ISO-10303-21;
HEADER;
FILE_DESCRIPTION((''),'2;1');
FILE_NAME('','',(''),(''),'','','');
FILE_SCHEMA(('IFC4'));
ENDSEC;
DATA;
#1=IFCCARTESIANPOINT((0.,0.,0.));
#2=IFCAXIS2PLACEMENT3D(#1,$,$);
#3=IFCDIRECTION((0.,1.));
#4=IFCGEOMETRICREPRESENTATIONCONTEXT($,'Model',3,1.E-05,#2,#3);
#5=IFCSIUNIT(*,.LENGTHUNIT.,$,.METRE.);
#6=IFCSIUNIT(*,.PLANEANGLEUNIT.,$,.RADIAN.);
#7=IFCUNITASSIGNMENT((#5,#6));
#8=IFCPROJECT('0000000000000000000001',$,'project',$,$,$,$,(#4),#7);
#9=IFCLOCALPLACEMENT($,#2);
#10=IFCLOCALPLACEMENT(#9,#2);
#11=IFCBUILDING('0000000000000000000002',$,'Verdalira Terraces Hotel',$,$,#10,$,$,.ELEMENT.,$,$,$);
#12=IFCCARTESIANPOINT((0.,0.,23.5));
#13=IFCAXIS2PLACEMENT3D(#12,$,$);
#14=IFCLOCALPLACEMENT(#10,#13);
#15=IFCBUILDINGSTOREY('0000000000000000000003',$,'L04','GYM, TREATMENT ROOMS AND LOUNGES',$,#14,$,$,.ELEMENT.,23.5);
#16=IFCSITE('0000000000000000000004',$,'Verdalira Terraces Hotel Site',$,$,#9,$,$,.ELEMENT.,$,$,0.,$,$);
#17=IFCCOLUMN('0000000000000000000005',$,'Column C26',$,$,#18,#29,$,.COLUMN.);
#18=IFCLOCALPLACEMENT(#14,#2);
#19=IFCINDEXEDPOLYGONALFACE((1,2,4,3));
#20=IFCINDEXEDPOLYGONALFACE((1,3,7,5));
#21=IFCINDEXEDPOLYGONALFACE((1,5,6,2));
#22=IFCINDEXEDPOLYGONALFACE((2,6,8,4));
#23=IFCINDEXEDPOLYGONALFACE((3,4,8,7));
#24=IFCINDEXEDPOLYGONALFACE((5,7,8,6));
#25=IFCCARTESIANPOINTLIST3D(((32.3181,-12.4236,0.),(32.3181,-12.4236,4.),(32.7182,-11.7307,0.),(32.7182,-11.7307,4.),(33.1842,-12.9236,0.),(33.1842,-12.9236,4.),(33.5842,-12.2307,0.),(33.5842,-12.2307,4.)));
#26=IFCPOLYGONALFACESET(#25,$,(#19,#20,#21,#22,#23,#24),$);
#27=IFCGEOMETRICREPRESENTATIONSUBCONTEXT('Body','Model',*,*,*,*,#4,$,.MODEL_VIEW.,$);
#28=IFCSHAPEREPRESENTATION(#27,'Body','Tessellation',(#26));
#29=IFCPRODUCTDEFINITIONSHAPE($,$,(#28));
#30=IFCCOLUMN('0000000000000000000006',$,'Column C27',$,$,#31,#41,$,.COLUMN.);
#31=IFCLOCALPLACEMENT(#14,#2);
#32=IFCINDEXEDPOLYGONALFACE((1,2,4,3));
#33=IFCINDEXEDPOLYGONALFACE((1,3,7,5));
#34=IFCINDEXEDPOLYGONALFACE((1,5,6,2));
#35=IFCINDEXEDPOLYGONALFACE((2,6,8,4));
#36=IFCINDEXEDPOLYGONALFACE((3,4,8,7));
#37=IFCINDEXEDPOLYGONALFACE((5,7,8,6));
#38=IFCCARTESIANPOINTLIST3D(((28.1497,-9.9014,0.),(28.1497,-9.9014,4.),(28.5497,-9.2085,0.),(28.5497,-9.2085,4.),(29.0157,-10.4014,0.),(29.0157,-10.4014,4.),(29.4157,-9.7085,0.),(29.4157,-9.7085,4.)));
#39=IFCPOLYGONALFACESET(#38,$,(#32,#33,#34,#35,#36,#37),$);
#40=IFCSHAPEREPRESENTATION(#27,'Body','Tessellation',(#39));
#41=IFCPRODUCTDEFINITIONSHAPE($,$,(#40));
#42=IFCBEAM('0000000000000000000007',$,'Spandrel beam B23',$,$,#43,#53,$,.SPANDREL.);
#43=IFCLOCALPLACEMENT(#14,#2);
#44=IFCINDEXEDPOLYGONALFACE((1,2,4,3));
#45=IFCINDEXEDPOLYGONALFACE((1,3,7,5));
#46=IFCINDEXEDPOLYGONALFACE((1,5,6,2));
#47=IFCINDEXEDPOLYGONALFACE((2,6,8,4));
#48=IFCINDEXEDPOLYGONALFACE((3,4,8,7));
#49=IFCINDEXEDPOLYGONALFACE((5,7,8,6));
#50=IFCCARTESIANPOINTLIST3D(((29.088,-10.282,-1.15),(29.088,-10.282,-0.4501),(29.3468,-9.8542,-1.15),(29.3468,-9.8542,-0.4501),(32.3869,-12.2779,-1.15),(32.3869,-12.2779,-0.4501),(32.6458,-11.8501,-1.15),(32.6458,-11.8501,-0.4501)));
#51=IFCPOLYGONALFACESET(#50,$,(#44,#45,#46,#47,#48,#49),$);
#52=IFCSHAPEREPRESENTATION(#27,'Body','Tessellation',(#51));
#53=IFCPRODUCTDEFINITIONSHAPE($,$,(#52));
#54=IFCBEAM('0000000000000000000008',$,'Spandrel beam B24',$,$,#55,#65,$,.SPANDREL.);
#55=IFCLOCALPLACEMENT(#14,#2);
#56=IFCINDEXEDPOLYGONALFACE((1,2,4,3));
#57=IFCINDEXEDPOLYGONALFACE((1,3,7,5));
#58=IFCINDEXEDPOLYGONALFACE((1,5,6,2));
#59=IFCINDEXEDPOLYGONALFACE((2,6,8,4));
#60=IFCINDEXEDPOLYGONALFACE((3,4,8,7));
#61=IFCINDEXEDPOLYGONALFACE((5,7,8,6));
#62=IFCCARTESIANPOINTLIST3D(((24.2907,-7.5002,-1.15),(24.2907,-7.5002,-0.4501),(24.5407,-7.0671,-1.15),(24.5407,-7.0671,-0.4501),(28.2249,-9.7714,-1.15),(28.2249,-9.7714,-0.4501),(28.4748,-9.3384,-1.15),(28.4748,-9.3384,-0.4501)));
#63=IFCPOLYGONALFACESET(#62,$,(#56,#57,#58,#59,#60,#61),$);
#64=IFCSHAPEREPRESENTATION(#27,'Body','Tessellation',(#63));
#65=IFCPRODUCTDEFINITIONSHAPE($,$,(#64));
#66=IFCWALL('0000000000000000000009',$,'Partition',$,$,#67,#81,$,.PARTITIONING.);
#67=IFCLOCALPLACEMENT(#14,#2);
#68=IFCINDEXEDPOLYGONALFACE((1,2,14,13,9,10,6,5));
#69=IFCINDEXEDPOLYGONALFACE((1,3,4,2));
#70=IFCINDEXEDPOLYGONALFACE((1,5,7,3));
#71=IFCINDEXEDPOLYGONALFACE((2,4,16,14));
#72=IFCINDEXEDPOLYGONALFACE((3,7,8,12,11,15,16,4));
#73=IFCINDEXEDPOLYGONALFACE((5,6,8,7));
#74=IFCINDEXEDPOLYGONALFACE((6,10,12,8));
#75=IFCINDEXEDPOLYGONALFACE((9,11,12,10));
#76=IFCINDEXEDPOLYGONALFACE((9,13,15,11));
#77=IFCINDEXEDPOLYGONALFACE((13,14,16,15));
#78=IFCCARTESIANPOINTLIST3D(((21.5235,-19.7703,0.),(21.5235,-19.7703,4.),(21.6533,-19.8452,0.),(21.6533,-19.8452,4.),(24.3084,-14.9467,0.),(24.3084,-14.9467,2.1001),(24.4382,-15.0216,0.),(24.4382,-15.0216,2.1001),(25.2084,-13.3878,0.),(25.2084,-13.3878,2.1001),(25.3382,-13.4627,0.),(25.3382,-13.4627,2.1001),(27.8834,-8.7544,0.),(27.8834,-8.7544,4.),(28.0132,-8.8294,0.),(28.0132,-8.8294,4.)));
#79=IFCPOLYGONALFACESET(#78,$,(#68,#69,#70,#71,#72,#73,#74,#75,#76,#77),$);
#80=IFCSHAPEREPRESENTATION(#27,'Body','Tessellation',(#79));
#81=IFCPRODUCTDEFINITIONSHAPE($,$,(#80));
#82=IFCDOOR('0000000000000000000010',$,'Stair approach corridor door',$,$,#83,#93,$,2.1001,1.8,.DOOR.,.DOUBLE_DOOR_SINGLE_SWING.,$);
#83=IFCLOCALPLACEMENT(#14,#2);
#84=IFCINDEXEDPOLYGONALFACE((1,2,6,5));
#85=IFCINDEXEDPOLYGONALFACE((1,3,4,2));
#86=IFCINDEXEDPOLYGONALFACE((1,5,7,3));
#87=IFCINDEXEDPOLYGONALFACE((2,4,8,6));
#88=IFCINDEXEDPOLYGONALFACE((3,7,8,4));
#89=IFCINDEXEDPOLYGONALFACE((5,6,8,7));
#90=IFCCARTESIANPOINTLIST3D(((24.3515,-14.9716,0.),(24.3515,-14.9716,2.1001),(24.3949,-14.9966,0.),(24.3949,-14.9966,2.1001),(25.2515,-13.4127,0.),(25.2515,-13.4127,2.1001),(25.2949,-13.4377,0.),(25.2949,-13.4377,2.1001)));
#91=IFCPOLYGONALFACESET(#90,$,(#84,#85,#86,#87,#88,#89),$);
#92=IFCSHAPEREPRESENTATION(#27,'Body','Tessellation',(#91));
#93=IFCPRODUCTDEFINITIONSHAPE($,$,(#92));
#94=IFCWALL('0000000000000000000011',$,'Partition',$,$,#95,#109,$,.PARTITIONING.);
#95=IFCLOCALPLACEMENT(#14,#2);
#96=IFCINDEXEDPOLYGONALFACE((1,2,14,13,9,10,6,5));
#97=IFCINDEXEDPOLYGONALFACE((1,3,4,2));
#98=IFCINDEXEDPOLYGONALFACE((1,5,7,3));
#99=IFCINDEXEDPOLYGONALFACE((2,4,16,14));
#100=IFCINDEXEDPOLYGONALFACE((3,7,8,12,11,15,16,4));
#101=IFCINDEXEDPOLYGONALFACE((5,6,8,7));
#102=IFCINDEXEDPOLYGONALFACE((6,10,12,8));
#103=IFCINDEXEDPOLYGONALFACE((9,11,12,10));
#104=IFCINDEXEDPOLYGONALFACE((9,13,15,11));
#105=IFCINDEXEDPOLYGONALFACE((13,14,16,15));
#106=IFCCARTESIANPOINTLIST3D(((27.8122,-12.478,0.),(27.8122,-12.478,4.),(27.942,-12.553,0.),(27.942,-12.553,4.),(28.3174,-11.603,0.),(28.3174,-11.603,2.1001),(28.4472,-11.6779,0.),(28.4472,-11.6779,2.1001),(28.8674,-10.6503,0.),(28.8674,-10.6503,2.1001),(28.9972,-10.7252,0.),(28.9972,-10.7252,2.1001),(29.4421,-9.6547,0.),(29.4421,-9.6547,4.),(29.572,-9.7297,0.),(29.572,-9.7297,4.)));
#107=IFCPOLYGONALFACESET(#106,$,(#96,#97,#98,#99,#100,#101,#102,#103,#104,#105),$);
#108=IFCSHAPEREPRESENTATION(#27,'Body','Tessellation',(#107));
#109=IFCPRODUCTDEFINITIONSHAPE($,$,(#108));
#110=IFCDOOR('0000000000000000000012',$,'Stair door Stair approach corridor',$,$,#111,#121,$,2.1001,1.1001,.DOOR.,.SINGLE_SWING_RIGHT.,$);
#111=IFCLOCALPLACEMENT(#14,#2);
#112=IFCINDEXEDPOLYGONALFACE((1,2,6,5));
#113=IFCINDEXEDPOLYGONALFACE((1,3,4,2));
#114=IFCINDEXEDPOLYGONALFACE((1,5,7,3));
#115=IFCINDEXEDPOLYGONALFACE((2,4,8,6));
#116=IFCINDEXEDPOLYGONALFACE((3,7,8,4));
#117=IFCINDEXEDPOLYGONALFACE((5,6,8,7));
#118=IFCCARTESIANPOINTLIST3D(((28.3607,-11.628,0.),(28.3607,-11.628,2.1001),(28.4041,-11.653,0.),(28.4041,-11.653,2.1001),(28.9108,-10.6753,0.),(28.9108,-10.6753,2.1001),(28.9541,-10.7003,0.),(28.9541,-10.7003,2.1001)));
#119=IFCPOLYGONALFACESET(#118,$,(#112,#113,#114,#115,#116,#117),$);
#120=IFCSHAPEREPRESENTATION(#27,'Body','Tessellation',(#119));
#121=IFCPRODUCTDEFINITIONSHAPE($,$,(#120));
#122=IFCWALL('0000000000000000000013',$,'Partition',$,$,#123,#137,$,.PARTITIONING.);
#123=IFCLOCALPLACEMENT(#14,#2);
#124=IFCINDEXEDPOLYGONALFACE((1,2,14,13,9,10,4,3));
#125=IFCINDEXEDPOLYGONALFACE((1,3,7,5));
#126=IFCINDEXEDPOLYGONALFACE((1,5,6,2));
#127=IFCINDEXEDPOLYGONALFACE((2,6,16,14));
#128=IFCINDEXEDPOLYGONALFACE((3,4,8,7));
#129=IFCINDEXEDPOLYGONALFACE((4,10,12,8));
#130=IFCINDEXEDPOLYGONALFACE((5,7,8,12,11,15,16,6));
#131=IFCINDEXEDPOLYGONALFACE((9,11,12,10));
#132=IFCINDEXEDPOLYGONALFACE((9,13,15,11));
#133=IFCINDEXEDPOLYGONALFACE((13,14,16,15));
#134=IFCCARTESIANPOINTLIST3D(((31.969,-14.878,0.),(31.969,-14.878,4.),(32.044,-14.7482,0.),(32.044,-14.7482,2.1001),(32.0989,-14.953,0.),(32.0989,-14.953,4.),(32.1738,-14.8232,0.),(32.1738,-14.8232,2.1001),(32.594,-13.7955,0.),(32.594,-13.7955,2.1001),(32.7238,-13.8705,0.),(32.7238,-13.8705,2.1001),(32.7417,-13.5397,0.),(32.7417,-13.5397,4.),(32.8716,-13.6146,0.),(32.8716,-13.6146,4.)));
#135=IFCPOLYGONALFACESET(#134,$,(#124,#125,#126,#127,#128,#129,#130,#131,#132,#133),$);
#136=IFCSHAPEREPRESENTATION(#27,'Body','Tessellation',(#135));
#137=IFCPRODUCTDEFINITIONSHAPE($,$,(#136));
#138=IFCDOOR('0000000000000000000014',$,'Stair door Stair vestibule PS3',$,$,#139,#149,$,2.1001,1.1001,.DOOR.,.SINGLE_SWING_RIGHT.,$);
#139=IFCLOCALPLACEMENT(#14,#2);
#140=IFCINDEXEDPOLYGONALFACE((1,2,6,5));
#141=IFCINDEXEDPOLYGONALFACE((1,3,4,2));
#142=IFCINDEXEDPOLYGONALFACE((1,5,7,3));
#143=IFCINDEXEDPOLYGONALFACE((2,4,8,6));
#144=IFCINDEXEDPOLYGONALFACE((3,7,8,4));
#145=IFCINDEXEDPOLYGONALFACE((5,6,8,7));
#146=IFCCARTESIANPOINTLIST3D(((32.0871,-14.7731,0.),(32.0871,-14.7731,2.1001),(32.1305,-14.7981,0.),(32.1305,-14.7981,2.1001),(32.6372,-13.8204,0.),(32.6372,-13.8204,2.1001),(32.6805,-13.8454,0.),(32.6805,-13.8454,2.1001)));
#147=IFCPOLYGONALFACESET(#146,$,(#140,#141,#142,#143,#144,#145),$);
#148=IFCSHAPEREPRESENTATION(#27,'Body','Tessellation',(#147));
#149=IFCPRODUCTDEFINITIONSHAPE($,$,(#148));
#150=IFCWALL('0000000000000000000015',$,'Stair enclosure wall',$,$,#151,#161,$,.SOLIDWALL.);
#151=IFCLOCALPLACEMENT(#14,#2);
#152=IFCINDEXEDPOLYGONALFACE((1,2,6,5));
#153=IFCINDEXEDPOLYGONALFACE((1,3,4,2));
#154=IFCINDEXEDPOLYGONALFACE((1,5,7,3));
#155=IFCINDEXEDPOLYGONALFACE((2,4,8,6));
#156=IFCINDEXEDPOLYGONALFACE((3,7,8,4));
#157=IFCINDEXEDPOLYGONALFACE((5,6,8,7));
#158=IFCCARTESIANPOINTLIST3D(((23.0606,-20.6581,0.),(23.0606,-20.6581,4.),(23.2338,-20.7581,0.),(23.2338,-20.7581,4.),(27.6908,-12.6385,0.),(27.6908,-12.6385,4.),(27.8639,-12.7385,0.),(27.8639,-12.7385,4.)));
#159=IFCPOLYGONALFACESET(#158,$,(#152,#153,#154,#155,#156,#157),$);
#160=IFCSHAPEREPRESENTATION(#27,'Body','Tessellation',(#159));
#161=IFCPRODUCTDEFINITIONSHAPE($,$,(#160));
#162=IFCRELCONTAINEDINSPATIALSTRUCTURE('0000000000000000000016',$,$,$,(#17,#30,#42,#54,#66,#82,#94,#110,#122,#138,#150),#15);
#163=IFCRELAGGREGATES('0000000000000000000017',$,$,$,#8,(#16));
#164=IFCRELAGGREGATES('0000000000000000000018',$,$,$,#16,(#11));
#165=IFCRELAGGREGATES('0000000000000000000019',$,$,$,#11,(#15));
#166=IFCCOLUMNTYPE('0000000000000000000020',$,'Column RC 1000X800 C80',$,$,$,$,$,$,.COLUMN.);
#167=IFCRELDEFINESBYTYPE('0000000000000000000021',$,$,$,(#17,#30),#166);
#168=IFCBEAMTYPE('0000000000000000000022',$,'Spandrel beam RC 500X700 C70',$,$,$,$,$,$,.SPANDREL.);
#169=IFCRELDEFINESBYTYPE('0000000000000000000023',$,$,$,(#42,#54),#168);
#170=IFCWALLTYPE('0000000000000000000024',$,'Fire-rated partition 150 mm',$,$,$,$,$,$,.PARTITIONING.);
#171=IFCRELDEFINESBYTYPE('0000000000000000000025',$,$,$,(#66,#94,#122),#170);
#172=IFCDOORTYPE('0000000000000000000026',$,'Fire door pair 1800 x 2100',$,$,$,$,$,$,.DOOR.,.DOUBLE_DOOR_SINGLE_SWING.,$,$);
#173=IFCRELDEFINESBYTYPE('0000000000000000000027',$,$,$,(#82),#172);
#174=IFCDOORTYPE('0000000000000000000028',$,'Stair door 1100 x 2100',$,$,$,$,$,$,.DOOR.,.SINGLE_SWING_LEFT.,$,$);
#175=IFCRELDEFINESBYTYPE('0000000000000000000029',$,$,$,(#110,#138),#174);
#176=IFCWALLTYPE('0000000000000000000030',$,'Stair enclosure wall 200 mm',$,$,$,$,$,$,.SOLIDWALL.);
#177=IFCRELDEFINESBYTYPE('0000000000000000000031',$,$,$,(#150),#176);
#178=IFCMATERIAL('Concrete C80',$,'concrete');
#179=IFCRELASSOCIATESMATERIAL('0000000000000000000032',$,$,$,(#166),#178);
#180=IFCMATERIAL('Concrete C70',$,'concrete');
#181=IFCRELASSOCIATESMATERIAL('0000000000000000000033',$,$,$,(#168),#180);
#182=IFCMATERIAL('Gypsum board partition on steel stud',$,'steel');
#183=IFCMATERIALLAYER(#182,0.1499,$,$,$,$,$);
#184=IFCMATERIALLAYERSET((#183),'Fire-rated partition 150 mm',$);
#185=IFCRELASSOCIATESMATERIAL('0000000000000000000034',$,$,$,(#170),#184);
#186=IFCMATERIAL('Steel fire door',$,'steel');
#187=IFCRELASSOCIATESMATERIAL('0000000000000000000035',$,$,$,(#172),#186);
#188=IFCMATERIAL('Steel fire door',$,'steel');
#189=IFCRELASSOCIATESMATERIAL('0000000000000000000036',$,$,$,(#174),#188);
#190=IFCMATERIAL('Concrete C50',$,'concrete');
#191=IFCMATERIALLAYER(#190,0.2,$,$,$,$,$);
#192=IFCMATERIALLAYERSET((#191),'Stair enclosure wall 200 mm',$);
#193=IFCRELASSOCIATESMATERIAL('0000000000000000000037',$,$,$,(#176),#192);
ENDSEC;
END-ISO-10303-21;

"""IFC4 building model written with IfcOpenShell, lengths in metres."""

from ifc_helpers import new_model, si_unit, direction, frame, frame_2d, origin, origin_2d, place, context, subcontext, project, spatial, rectangle, extrude, material, layer, layer_set, material_profile, profile_set, type_object, element, fill, save


model = new_model("IFC4")

# Units and contexts
model_context = context("Model", 3, precision=1e-05, world=origin(), true_north=direction((0.0, 1.0)))
body_context = subcontext(model_context, "Body", "Model", "MODEL_VIEW")
ifc_project = project(units=[si_unit("LENGTHUNIT", "METRE"), si_unit("PLANEANGLEUNIT", "RADIAN")], contexts=[model_context])

# Site, building, storey
site_placement = place(None, origin())
site = spatial("IfcSite", under=ifc_project, at=site_placement, Name="Verdalira Terraces Hotel Site", CompositionType="ELEMENT", RefElevation=0.0)
building_placement = place(site_placement, origin())
building = spatial("IfcBuilding", under=site, at=building_placement, Name="Verdalira Terraces Hotel", CompositionType="ELEMENT")
storey_placement = place(building_placement, frame((0.0, 0.0, 23.5)))
storey = spatial("IfcBuildingStorey", under=building, at=storey_placement, Name="L04", Description="GYM, TREATMENT ROOMS AND LOUNGES", CompositionType="ELEMENT", Elevation=23.5)

# Columns
ifc_material_1 = material(Name="Concrete C80", Category="concrete")
ifc_material_profile_1 = material_profile(ifc_material_1, rectangle(XDim=1.0, YDim=0.8, at=origin_2d()), Name="RC 1000X800")
ifc_profile_set_1 = profile_set([ifc_material_profile_1], Name="Concrete C80")
column_type = type_object("IfcColumnType", Name="Column RC 1000X800 C80", PredefinedType="COLUMN", material=ifc_profile_set_1)
for number, where, z_axis, x_axis, name in (
    (1, (32.9512, -12.3271, 0.0), (0.0, 0.0, 1.0), (-0.866025, 0.5, 0.0), "Column C26"),
    (2, (28.7827, -9.8049, 0.0), (0.0, 0.0, 1.0), (-0.866025, 0.5, 0.0), "Column C27"),
):
    element("IfcColumn", number, at=place(storey_placement, frame(where, z_axis=z_axis, x_axis=x_axis)), inside=storey, type_object=column_type, Name=name, PredefinedType="COLUMN", context=body_context, shape_type="SweptSolid", body=[
        extrude(rectangle(XDim=1.0, YDim=0.8, at=origin_2d()), origin(), (0.0, 0.0, 1.0), 4.0),
    ])

# Beams
ifc_material_2 = material(Name="Concrete C70", Category="concrete")
ifc_material_profile_2 = material_profile(ifc_material_2, rectangle(XDim=0.5, YDim=0.7, at=origin_2d()), Name="RC 500X700")
ifc_profile_set_2 = profile_set([ifc_material_profile_2], Name="Concrete C70")
beam_type = type_object("IfcBeamType", Name="Spandrel beam RC 500X700 C70", PredefinedType="SPANDREL", material=ifc_profile_set_2)
beam_1_placement = place(storey_placement, frame((32.5164, -12.064, -0.8), z_axis=(-0.855593, 0.517649, 0.0), x_axis=(-0.517649, -0.855593, 0.0)))
element("IfcBeam", 3, at=beam_1_placement, inside=storey, type_object=beam_type, Name="Spandrel beam B23", PredefinedType="SPANDREL", context=body_context, shape_type="SweptSolid", body=[
    extrude(rectangle(XDim=0.5, YDim=0.7, at=origin_2d()), origin(), (0.0, 0.0, 1.0), 3.8557),
])
beam_2_placement = place(storey_placement, frame((28.3499, -9.5549, -0.8), z_axis=(-0.866035, 0.499983, 0.0), x_axis=(-0.499983, -0.866035, 0.0)))
element("IfcBeam", 4, at=beam_2_placement, inside=storey, type_object=beam_type, Name="Spandrel beam B24", PredefinedType="SPANDREL", context=body_context, shape_type="SweptSolid", body=[
    extrude(rectangle(XDim=0.5, YDim=0.7, at=origin_2d()), origin(), (0.0, 0.0, 1.0), 4.5427),
])

# Walls, openings, doors
ifc_material_3 = material(Name="Gypsum board partition on steel stud", Category="steel")
ifc_layer_1 = layer(ifc_material_3, 0.1499)
ifc_layer_set_1 = layer_set([ifc_layer_1], Name="Fire-rated partition 150 mm")
wall_type_1 = type_object("IfcWallType", Name="Fire-rated partition 150 mm", PredefinedType="PARTITIONING", material=ifc_layer_set_1)
wall_1_placement = place(storey_placement, frame((27.9482, -8.792, 0.0), z_axis=(0.0, 0.0, 1.0), x_axis=(-0.499991, -0.866031, 0.0)))
wall_1 = element("IfcWall", 5, at=wall_1_placement, inside=storey, type_object=wall_type_1, Name="Partition", PredefinedType="PARTITIONING", context=body_context, shape_type="SweptSolid", body=[
    extrude(rectangle(XDim=12.72, YDim=0.1499, at=frame_2d((6.3599, 0.0))), origin(), (0.0, 0.0, 1.0), 4.0),
])
opening_1_placement = place(wall_1_placement, frame((5.3501, 0.0, 0.0)))
opening_1 = element("IfcOpeningElement", 6, at=opening_1_placement, cuts=wall_1, PredefinedType="OPENING", context=body_context, shape_type="SweptSolid", body=[
    extrude(rectangle(XDim=1.8, YDim=2.1001, at=frame_2d((0.8999, 1.05))), frame((0.0, 0.085, 0.0), z_axis=(0.0, -1.0, 0.0), x_axis=(1.0, 0.0, 0.0)), (0.0, 0.0, 1.0), 0.1699),
])
ifc_material_4 = material(Name="Steel fire door", Category="steel")
door_type_1 = type_object("IfcDoorType", Name="Fire door pair 1800 x 2100", OperationType="DOUBLE_DOOR_SINGLE_SWING", PredefinedType="DOOR", material=ifc_material_4)
door_1_placement = place(opening_1_placement, origin())
door_1 = element("IfcDoor", 7, at=door_1_placement, inside=storey, type_object=door_type_1, Name="Stair approach corridor door", OperationType="DOUBLE_DOOR_SINGLE_SWING", OverallHeight=2.1001, OverallWidth=1.8, PredefinedType="DOOR", context=body_context, shape_type="SweptSolid", body=[
    extrude(rectangle(XDim=1.8, YDim=2.1001, at=frame_2d((0.8999, 1.05))), frame((0.0, 0.0249, 0.0), z_axis=(0.0, -1.0, 0.0), x_axis=(1.0, 0.0, 0.0)), (0.0, 0.0, 1.0), 0.05),
])
fill(opening_1, door_1)
wall_2_placement = place(storey_placement, frame((27.8772, -12.5154, 0.0), z_axis=(0.0, 0.0, 1.0), x_axis=(0.499973, 0.866041, 0.0)))
wall_2 = element("IfcWall", 8, at=wall_2_placement, inside=storey, type_object=wall_type_1, Name="Partition", PredefinedType="PARTITIONING", context=body_context, shape_type="SweptSolid", body=[
    extrude(rectangle(XDim=3.26, YDim=0.1499, at=frame_2d((1.6299, 0.0))), origin(), (0.0, 0.0, 1.0), 4.0),
])
opening_2_placement = place(wall_2_placement, frame((1.0103, 0.0, 0.0)))
opening_2 = element("IfcOpeningElement", 9, at=opening_2_placement, cuts=wall_2, PredefinedType="OPENING", context=body_context, shape_type="SweptSolid", body=[
    extrude(rectangle(XDim=1.1001, YDim=2.1001, at=frame_2d((0.55, 1.05))), frame((0.0, 0.085, 0.0), z_axis=(0.0, -1.0, 0.0), x_axis=(1.0, 0.0, 0.0)), (0.0, 0.0, 1.0), 0.1699),
])
ifc_material_5 = material(Name="Steel fire door", Category="steel")
door_type_2 = type_object("IfcDoorType", Name="Stair door 1100 x 2100", OperationType="SINGLE_SWING_LEFT", PredefinedType="DOOR", material=ifc_material_5)
door_2_placement = place(opening_2_placement, origin())
door_2 = element("IfcDoor", 10, at=door_2_placement, inside=storey, type_object=door_type_2, Name="Stair door Stair approach corridor", OperationType="SINGLE_SWING_RIGHT", OverallHeight=2.1001, OverallWidth=1.1001, PredefinedType="DOOR", context=body_context, shape_type="SweptSolid", body=[
    extrude(rectangle(XDim=1.1001, YDim=2.1001, at=frame_2d((0.55, 1.05))), frame((0.0, 0.0249, 0.0), z_axis=(0.0, -1.0, 0.0), x_axis=(1.0, 0.0, 0.0)), (0.0, 0.0, 1.0), 0.05),
])
fill(opening_2, door_2)
wall_3_placement = place(storey_placement, frame((32.8066, -13.5771, 0.0), z_axis=(0.0, 0.0, 1.0), x_axis=(-0.499996, -0.866028, 0.0)))
wall_3 = element("IfcWall", 11, at=wall_3_placement, inside=storey, type_object=wall_type_1, Name="Partition", PredefinedType="PARTITIONING", context=body_context, shape_type="SweptSolid", body=[
    extrude(rectangle(XDim=1.5454, YDim=0.1499, at=frame_2d((0.7727, 0.0))), origin(), (0.0, 0.0, 1.0), 4.0),
])
opening_3_placement = place(wall_3_placement, frame((0.2954, 0.0, 0.0)))
opening_3 = element("IfcOpeningElement", 12, at=opening_3_placement, cuts=wall_3, PredefinedType="OPENING", context=body_context, shape_type="SweptSolid", body=[
    extrude(rectangle(XDim=1.1001, YDim=2.1001, at=frame_2d((0.55, 1.05))), frame((0.0, 0.085, 0.0), z_axis=(0.0, -1.0, 0.0), x_axis=(1.0, 0.0, 0.0)), (0.0, 0.0, 1.0), 0.1699),
])
door_3_placement = place(opening_3_placement, origin())
door_3 = element("IfcDoor", 13, at=door_3_placement, inside=storey, type_object=door_type_2, Name="Stair door Stair vestibule PS3", OperationType="SINGLE_SWING_RIGHT", OverallHeight=2.1001, OverallWidth=1.1001, PredefinedType="DOOR", context=body_context, shape_type="SweptSolid", body=[
    extrude(rectangle(XDim=1.1001, YDim=2.1001, at=frame_2d((0.55, 1.05))), frame((0.0, 0.0249, 0.0), z_axis=(0.0, -1.0, 0.0), x_axis=(1.0, 0.0, 0.0)), (0.0, 0.0, 1.0), 0.05),
])
fill(opening_3, door_3)

# Wall
ifc_material_6 = material(Name="Concrete C50", Category="concrete")
ifc_layer_2 = layer(ifc_material_6, 0.2)
ifc_layer_set_2 = layer_set([ifc_layer_2], Name="Stair enclosure wall 200 mm")
wall_type_2 = type_object("IfcWallType", Name="Stair enclosure wall 200 mm", PredefinedType="SOLIDWALL", material=ifc_layer_set_2)
wall_4_placement = place(storey_placement, frame((27.7773, -12.6885, 0.0), z_axis=(0.0, 0.0, 1.0), x_axis=(-0.500004, -0.866023, 0.0)))
element("IfcWall", 14, at=wall_4_placement, inside=storey, type_object=wall_type_2, Name="Stair enclosure wall", PredefinedType="SOLIDWALL", context=body_context, shape_type="SweptSolid", body=[
    extrude(rectangle(XDim=9.2603, YDim=0.2, at=frame_2d((4.6301, 0.0))), origin(), (0.0, 0.0, 1.0), 4.0),
])

save(model, "model.ifc")
